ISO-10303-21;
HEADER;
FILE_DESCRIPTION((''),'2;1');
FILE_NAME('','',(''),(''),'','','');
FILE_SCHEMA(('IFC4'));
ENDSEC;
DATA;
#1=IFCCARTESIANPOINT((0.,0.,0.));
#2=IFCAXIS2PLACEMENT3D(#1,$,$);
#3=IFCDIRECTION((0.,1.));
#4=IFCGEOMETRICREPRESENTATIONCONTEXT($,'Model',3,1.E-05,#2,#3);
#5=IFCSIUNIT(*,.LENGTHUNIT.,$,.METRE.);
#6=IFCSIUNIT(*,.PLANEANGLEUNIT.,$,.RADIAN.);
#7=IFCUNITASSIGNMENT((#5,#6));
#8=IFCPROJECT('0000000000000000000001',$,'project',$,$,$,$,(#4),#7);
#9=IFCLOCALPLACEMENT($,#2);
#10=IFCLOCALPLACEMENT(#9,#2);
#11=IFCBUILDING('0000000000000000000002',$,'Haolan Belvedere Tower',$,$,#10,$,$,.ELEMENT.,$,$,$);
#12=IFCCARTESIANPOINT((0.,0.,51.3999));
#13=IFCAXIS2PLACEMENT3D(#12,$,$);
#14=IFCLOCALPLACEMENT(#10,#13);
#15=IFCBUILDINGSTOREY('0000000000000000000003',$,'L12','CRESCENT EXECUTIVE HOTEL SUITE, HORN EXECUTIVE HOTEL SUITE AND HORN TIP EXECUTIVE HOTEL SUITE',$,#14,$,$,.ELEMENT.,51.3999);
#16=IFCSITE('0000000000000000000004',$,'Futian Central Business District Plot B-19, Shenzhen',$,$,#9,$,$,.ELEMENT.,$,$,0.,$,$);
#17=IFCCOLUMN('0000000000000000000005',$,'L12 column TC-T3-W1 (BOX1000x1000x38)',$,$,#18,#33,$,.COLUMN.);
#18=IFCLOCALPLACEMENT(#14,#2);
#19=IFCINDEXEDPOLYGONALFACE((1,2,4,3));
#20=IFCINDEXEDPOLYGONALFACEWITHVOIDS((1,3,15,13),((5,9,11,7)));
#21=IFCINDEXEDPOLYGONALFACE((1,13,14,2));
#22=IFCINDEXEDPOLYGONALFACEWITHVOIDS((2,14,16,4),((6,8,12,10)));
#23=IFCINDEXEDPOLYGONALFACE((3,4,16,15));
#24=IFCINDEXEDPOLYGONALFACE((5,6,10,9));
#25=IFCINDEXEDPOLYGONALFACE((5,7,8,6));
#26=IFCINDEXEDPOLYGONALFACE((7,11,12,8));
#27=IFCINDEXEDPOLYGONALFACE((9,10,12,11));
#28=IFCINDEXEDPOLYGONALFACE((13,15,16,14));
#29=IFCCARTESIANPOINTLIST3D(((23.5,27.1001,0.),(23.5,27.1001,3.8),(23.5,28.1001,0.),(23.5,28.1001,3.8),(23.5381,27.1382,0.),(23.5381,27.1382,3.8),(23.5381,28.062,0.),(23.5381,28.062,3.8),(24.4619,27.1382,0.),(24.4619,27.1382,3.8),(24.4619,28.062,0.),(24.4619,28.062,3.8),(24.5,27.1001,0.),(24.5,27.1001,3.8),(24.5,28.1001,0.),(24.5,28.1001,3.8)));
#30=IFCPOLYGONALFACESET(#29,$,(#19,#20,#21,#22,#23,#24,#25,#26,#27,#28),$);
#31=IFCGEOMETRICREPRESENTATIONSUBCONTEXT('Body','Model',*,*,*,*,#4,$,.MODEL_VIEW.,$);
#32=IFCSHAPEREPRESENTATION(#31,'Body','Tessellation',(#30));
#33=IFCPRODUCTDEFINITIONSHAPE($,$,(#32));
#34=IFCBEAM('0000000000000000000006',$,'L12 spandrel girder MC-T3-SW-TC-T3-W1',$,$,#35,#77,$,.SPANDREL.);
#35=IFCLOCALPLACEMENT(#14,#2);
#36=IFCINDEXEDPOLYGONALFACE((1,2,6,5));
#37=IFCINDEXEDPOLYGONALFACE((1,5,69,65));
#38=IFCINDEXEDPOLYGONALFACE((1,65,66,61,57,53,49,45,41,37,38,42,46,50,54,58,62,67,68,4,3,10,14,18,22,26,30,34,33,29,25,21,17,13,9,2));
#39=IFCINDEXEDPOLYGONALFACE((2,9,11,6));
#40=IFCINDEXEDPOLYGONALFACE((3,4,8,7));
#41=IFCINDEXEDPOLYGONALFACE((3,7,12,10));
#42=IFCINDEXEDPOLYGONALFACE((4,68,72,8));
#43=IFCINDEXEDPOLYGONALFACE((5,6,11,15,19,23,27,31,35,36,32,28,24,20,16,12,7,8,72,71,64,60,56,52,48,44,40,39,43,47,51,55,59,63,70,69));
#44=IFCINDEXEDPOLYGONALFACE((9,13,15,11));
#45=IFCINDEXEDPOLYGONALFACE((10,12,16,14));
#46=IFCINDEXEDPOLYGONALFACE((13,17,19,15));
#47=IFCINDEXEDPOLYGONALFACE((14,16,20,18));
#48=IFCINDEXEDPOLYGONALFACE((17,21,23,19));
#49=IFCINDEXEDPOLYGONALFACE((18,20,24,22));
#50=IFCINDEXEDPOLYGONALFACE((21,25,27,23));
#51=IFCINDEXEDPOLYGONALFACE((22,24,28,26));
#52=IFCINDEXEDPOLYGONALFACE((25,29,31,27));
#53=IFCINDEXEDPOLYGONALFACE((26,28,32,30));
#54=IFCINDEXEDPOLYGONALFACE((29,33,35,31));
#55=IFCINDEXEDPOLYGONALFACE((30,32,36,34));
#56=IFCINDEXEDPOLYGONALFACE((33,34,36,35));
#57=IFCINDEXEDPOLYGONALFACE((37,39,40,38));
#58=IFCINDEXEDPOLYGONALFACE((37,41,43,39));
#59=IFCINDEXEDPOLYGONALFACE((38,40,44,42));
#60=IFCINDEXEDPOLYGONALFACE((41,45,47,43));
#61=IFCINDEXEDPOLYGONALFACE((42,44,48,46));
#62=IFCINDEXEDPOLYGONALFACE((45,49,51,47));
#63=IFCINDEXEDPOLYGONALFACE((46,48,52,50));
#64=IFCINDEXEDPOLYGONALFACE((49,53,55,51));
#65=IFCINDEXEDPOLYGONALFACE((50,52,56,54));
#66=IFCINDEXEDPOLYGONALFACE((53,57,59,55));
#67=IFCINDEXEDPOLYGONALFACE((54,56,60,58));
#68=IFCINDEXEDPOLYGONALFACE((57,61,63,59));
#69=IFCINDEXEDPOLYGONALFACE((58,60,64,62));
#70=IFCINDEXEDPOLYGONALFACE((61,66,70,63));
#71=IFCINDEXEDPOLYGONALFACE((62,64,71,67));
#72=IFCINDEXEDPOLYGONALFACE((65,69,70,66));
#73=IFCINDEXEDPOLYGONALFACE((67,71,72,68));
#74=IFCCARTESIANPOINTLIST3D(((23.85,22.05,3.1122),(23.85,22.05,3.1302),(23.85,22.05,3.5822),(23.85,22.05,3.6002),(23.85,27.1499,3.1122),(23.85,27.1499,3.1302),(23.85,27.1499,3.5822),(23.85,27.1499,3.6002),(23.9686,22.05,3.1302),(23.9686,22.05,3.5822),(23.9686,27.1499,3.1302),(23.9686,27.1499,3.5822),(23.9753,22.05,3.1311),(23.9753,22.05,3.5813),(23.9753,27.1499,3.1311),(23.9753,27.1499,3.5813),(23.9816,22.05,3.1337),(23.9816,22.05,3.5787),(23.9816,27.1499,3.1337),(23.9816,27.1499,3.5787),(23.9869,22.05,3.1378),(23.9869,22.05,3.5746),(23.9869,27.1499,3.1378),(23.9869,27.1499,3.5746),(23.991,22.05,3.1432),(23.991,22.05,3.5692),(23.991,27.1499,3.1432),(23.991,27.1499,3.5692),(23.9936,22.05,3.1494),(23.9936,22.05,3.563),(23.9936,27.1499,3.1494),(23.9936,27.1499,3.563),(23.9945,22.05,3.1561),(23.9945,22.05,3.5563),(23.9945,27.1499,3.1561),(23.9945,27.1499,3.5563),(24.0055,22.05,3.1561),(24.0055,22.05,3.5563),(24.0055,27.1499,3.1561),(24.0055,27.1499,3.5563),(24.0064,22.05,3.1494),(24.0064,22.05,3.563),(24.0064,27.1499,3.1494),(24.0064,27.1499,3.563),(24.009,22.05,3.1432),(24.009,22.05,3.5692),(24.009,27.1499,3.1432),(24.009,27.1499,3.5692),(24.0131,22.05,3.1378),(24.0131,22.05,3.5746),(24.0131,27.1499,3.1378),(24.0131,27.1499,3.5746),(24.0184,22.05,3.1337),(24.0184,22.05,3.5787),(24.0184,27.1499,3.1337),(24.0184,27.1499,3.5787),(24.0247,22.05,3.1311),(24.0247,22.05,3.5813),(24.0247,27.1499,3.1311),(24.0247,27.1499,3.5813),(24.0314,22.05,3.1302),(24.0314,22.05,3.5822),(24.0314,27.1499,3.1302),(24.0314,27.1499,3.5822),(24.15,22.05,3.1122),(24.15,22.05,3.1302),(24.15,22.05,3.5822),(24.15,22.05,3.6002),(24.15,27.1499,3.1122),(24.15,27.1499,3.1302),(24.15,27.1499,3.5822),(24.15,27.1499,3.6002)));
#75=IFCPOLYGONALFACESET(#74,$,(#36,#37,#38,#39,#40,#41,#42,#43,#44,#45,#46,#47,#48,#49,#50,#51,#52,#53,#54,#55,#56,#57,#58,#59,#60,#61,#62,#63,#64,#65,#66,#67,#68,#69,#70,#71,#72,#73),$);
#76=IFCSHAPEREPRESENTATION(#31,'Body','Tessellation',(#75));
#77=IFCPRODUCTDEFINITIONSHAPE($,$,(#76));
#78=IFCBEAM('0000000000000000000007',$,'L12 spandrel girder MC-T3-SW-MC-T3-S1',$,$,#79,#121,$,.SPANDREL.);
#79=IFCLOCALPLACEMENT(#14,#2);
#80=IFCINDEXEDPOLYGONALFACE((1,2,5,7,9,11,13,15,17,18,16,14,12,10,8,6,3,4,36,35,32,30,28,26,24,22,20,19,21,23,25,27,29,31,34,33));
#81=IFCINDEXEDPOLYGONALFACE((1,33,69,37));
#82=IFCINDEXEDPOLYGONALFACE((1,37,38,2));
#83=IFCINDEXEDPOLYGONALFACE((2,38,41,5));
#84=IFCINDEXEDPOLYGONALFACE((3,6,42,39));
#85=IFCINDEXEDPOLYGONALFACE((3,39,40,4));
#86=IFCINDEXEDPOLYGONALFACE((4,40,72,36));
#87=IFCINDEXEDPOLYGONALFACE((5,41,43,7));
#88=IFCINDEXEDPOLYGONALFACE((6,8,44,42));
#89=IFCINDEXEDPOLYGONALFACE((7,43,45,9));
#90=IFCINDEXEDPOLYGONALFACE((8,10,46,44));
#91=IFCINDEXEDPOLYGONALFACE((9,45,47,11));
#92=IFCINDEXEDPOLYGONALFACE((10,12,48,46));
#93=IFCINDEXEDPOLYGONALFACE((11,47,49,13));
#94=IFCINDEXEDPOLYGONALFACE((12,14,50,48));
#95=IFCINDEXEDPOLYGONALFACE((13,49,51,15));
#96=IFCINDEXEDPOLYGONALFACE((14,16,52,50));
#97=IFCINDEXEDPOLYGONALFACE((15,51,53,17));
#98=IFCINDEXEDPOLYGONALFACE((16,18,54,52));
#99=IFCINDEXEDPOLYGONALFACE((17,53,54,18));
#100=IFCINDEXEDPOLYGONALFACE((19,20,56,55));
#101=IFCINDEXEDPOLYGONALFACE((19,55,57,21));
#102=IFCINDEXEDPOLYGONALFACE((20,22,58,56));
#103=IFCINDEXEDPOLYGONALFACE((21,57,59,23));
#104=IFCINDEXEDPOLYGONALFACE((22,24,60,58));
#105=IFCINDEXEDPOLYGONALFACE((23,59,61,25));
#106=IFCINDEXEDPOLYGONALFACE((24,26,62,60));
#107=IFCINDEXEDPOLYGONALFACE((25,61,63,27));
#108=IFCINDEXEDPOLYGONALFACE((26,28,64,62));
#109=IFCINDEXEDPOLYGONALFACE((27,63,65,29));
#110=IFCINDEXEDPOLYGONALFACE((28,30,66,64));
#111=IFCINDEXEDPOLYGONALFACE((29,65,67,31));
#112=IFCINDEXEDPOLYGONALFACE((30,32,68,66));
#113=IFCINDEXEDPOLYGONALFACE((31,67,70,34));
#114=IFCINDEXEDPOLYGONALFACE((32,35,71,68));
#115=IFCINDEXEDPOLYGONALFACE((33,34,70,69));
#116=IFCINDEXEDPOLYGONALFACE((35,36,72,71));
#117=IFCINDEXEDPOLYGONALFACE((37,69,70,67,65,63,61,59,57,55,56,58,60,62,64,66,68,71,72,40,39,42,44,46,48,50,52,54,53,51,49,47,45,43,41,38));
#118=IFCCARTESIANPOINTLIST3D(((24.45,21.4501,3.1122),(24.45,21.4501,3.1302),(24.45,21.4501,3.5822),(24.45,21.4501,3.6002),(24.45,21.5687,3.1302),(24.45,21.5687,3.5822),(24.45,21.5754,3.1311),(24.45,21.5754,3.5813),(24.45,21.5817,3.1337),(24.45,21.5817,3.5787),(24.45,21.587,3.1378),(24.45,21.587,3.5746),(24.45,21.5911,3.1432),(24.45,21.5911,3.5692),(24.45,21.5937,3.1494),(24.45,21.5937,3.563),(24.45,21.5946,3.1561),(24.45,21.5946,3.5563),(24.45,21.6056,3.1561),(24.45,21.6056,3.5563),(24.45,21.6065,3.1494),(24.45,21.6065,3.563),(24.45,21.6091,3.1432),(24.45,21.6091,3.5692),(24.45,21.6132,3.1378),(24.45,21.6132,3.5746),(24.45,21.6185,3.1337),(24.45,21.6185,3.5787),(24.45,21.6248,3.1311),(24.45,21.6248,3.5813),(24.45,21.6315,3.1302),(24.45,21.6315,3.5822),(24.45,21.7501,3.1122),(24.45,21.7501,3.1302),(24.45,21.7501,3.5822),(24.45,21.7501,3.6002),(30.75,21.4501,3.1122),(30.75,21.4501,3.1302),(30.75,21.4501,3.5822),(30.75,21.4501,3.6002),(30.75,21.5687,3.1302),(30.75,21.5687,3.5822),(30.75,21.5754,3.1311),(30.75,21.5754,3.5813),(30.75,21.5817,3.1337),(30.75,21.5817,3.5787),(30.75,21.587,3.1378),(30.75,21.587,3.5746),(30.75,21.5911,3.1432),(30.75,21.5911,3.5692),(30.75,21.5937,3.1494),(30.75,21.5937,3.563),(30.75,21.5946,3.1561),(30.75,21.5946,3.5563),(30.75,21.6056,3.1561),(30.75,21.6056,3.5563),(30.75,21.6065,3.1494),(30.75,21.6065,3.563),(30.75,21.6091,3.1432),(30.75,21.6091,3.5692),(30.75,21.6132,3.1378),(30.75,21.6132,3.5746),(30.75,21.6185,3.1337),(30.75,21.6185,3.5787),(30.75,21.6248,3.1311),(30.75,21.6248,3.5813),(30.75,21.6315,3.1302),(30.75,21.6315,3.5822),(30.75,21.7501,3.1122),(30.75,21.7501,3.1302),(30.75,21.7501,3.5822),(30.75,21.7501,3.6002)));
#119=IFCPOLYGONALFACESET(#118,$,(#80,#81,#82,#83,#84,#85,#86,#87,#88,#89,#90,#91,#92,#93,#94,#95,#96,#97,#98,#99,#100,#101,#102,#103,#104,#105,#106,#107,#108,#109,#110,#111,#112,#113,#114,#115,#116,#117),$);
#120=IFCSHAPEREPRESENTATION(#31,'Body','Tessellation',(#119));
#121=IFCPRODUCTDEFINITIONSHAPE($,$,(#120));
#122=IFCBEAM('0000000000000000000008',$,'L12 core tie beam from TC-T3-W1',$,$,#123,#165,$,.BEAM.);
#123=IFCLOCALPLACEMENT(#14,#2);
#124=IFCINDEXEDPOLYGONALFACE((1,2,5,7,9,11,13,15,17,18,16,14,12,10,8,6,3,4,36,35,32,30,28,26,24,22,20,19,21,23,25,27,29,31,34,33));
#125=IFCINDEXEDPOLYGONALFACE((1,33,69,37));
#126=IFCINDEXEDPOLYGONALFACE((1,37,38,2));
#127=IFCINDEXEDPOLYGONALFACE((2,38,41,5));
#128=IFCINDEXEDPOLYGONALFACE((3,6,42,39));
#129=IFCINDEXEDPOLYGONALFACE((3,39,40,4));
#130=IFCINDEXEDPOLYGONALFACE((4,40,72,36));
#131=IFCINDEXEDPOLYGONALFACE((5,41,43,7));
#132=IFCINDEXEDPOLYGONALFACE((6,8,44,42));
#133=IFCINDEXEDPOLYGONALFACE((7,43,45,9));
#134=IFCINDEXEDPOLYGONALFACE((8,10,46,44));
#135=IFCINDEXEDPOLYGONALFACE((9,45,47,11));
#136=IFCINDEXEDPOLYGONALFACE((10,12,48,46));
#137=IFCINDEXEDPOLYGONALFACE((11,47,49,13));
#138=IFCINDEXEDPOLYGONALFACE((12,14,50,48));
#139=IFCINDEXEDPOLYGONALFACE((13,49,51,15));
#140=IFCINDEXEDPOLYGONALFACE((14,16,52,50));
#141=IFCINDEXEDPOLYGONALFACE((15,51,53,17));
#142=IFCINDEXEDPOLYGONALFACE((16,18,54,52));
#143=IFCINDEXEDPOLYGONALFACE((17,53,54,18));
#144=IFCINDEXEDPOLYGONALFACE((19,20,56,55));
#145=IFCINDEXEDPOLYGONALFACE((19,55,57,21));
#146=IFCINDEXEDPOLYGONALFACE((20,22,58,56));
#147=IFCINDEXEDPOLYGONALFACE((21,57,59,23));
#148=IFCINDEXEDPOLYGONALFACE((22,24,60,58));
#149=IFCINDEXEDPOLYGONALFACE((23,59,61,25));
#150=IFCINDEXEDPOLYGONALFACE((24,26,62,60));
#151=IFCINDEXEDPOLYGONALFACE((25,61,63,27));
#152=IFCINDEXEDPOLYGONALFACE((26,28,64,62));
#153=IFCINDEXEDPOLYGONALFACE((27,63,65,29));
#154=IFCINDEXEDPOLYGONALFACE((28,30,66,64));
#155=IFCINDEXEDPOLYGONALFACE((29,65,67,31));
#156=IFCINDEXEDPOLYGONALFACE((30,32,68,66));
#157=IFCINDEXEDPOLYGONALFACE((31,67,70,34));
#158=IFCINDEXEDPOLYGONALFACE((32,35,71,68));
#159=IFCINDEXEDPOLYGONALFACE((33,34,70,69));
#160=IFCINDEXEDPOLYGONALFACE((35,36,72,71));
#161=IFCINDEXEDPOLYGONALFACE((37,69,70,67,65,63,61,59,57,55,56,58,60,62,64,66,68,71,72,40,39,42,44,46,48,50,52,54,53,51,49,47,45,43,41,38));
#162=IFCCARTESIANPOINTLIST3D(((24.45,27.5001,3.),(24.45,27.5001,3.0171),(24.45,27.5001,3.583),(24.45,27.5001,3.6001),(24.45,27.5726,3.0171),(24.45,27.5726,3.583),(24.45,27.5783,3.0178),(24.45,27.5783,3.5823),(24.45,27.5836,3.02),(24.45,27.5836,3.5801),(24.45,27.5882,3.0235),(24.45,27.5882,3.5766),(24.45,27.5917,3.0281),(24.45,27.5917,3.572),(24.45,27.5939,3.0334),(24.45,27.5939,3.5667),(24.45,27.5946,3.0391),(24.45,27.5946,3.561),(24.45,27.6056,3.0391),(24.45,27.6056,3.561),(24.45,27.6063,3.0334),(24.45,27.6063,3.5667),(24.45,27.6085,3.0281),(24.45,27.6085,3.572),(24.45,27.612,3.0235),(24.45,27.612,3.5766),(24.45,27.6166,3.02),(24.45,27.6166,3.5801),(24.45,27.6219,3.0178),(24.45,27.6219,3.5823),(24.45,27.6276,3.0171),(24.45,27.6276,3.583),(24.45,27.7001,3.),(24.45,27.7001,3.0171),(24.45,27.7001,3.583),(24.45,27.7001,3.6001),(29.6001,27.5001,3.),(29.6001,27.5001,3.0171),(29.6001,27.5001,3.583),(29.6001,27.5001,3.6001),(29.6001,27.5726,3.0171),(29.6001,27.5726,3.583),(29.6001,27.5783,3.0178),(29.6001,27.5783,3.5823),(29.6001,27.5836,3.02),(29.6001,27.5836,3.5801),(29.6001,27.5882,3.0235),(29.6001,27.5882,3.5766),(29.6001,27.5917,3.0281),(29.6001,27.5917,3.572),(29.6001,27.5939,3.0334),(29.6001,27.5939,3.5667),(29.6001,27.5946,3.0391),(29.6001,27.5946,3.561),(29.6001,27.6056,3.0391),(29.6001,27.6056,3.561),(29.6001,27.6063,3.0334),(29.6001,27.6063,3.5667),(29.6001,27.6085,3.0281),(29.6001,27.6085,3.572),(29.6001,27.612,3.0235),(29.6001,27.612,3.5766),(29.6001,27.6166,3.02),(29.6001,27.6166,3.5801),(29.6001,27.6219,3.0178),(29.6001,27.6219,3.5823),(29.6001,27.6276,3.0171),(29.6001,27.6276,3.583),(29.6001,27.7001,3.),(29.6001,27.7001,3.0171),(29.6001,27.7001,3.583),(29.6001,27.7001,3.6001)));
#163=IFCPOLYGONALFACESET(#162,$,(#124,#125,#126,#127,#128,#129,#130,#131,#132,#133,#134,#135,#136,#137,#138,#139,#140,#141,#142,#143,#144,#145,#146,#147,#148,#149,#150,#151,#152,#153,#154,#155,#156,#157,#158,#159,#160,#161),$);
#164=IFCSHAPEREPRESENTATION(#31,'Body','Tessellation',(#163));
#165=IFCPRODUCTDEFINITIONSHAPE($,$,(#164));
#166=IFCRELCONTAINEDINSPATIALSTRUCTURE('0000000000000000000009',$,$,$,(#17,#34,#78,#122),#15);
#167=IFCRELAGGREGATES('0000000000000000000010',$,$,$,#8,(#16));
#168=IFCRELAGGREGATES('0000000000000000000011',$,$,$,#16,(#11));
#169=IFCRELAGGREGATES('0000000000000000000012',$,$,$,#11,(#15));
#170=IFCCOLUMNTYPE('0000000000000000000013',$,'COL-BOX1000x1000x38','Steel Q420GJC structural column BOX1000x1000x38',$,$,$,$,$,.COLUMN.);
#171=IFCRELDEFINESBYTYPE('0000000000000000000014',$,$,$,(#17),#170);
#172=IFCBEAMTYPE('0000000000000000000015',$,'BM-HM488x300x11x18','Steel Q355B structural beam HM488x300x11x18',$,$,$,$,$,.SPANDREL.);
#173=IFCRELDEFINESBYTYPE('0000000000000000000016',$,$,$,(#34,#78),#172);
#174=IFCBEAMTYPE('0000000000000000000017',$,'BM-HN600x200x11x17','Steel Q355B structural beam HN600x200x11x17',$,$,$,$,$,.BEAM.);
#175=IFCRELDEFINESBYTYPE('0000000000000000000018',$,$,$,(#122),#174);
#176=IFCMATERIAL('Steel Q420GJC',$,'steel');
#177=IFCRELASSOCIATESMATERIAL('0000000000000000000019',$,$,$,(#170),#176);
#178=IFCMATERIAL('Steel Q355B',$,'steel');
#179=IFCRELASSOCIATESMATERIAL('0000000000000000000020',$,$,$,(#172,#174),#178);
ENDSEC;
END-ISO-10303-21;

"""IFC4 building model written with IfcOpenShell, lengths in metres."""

from ifc_helpers import new_model, si_unit, direction, frame, origin, origin_2d, place, context, subcontext, project, spatial, hollow_rectangle, i_section, extrude, material, material_profile, profile_set, type_object, element, save


model = new_model("IFC4")

# Units and contexts
model_context = context("Model", 3, precision=1e-05, world=origin(), true_north=direction((0.0, 1.0)))
body_context = subcontext(model_context, "Body", "Model", "MODEL_VIEW")
ifc_project = project(units=[si_unit("LENGTHUNIT", "METRE"), si_unit("PLANEANGLEUNIT", "RADIAN")], contexts=[model_context])

# Site, building, storey
site_placement = place(None, origin())
site = spatial("IfcSite", under=ifc_project, at=site_placement, Name="Futian Central Business District Plot B-19, Shenzhen", CompositionType="ELEMENT", RefElevation=0.0)
building_placement = place(site_placement, origin())
building = spatial("IfcBuilding", under=site, at=building_placement, Name="Haolan Belvedere Tower", CompositionType="ELEMENT")
storey_placement = place(building_placement, frame((0.0, 0.0, 51.3999)))
storey = spatial("IfcBuildingStorey", under=building, at=storey_placement, Name="L12", Description="CRESCENT EXECUTIVE HOTEL SUITE, HORN EXECUTIVE HOTEL SUITE AND HORN TIP EXECUTIVE HOTEL SUITE", CompositionType="ELEMENT", Elevation=51.3999)

# Column
ifc_material_1 = material(Name="Steel Q420GJC", Category="steel")
ifc_material_profile_1 = material_profile(ifc_material_1, hollow_rectangle(XDim=1.0, YDim=1.0, WallThickness=0.0381, at=origin_2d()), Name="Steel Q420GJC")
ifc_profile_set_1 = profile_set([ifc_material_profile_1], Name="Steel Q420GJC")
column_type = type_object("IfcColumnType", Name="COL-BOX1000x1000x38", Description="Steel Q420GJC structural column BOX1000x1000x38", PredefinedType="COLUMN", material=ifc_profile_set_1)
column_placement = place(storey_placement, frame((24.0, 27.6001, 0.0), z_axis=(0.0, 0.0, 1.0), x_axis=(1.0, 0.0, 0.0)))
element("IfcColumn", 1, at=column_placement, inside=storey, type_object=column_type, Name="L12 column TC-T3-W1 (BOX1000x1000x38)", PredefinedType="COLUMN", context=body_context, shape_type="SweptSolid", body=[
    extrude(hollow_rectangle(XDim=1.0, YDim=1.0, WallThickness=0.0381, at=origin_2d()), origin(), (0.0, 0.0, 1.0), 3.8),
])

# Beams
ifc_material_2 = material(Name="Steel Q355B", Category="steel")
ifc_material_profile_2 = material_profile(ifc_material_2, i_section(OverallWidth=0.3, OverallDepth=0.488, WebThickness=0.011, FlangeThickness=0.0181, FilletRadius=0.0259, at=origin_2d()), Name="Steel Q355B")
ifc_profile_set_2 = profile_set([ifc_material_profile_2], Name="Steel Q355B")
beam_type_1 = type_object("IfcBeamType", Name="BM-HM488x300x11x18", Description="Steel Q355B structural beam HM488x300x11x18", PredefinedType="SPANDREL", material=ifc_profile_set_2)
beam_1_placement = place(storey_placement, frame((24.0, 22.05, 3.3562), z_axis=(0.0, 1.0, 0.0), x_axis=(-1.0, 0.0, 0.0)))
element("IfcBeam", 2, at=beam_1_placement, inside=storey, type_object=beam_type_1, Name="L12 spandrel girder MC-T3-SW-TC-T3-W1", PredefinedType="SPANDREL", context=body_context, shape_type="SweptSolid", body=[
    extrude(i_section(OverallWidth=0.3, OverallDepth=0.488, WebThickness=0.011, FlangeThickness=0.0181, FilletRadius=0.0259, at=origin_2d()), origin(), (0.0, 0.0, 1.0), 5.0999),
])
beam_2_placement = place(storey_placement, frame((24.45, 21.6001, 3.3562), z_axis=(1.0, 0.0, 0.0), x_axis=(0.0, 1.0, 0.0)))
element("IfcBeam", 3, at=beam_2_placement, inside=storey, type_object=beam_type_1, Name="L12 spandrel girder MC-T3-SW-MC-T3-S1", PredefinedType="SPANDREL", context=body_context, shape_type="SweptSolid", body=[
    extrude(i_section(OverallWidth=0.3, OverallDepth=0.488, WebThickness=0.011, FlangeThickness=0.0181, FilletRadius=0.0259, at=origin_2d()), origin(), (0.0, 0.0, 1.0), 6.3),
])
ifc_material_profile_3 = material_profile(ifc_material_2, i_section(OverallWidth=0.2, OverallDepth=0.6001, WebThickness=0.011, FlangeThickness=0.0171, FilletRadius=0.022, at=origin_2d()), Name="Steel Q355B")
ifc_profile_set_3 = profile_set([ifc_material_profile_3], Name="Steel Q355B")
beam_type_2 = type_object("IfcBeamType", Name="BM-HN600x200x11x17", Description="Steel Q355B structural beam HN600x200x11x17", PredefinedType="BEAM", material=ifc_profile_set_3)
beam_3_placement = place(storey_placement, frame((24.45, 27.6001, 3.3), z_axis=(1.0, 0.0, 0.0), x_axis=(0.0, 1.0, 0.0)))
element("IfcBeam", 4, at=beam_3_placement, inside=storey, type_object=beam_type_2, Name="L12 core tie beam from TC-T3-W1", PredefinedType="BEAM", context=body_context, shape_type="SweptSolid", body=[
    extrude(i_section(OverallWidth=0.2, OverallDepth=0.6001, WebThickness=0.011, FlangeThickness=0.0171, FilletRadius=0.022, at=origin_2d()), origin(), (0.0, 0.0, 1.0), 5.1501),
])

save(model, "model.ifc")
